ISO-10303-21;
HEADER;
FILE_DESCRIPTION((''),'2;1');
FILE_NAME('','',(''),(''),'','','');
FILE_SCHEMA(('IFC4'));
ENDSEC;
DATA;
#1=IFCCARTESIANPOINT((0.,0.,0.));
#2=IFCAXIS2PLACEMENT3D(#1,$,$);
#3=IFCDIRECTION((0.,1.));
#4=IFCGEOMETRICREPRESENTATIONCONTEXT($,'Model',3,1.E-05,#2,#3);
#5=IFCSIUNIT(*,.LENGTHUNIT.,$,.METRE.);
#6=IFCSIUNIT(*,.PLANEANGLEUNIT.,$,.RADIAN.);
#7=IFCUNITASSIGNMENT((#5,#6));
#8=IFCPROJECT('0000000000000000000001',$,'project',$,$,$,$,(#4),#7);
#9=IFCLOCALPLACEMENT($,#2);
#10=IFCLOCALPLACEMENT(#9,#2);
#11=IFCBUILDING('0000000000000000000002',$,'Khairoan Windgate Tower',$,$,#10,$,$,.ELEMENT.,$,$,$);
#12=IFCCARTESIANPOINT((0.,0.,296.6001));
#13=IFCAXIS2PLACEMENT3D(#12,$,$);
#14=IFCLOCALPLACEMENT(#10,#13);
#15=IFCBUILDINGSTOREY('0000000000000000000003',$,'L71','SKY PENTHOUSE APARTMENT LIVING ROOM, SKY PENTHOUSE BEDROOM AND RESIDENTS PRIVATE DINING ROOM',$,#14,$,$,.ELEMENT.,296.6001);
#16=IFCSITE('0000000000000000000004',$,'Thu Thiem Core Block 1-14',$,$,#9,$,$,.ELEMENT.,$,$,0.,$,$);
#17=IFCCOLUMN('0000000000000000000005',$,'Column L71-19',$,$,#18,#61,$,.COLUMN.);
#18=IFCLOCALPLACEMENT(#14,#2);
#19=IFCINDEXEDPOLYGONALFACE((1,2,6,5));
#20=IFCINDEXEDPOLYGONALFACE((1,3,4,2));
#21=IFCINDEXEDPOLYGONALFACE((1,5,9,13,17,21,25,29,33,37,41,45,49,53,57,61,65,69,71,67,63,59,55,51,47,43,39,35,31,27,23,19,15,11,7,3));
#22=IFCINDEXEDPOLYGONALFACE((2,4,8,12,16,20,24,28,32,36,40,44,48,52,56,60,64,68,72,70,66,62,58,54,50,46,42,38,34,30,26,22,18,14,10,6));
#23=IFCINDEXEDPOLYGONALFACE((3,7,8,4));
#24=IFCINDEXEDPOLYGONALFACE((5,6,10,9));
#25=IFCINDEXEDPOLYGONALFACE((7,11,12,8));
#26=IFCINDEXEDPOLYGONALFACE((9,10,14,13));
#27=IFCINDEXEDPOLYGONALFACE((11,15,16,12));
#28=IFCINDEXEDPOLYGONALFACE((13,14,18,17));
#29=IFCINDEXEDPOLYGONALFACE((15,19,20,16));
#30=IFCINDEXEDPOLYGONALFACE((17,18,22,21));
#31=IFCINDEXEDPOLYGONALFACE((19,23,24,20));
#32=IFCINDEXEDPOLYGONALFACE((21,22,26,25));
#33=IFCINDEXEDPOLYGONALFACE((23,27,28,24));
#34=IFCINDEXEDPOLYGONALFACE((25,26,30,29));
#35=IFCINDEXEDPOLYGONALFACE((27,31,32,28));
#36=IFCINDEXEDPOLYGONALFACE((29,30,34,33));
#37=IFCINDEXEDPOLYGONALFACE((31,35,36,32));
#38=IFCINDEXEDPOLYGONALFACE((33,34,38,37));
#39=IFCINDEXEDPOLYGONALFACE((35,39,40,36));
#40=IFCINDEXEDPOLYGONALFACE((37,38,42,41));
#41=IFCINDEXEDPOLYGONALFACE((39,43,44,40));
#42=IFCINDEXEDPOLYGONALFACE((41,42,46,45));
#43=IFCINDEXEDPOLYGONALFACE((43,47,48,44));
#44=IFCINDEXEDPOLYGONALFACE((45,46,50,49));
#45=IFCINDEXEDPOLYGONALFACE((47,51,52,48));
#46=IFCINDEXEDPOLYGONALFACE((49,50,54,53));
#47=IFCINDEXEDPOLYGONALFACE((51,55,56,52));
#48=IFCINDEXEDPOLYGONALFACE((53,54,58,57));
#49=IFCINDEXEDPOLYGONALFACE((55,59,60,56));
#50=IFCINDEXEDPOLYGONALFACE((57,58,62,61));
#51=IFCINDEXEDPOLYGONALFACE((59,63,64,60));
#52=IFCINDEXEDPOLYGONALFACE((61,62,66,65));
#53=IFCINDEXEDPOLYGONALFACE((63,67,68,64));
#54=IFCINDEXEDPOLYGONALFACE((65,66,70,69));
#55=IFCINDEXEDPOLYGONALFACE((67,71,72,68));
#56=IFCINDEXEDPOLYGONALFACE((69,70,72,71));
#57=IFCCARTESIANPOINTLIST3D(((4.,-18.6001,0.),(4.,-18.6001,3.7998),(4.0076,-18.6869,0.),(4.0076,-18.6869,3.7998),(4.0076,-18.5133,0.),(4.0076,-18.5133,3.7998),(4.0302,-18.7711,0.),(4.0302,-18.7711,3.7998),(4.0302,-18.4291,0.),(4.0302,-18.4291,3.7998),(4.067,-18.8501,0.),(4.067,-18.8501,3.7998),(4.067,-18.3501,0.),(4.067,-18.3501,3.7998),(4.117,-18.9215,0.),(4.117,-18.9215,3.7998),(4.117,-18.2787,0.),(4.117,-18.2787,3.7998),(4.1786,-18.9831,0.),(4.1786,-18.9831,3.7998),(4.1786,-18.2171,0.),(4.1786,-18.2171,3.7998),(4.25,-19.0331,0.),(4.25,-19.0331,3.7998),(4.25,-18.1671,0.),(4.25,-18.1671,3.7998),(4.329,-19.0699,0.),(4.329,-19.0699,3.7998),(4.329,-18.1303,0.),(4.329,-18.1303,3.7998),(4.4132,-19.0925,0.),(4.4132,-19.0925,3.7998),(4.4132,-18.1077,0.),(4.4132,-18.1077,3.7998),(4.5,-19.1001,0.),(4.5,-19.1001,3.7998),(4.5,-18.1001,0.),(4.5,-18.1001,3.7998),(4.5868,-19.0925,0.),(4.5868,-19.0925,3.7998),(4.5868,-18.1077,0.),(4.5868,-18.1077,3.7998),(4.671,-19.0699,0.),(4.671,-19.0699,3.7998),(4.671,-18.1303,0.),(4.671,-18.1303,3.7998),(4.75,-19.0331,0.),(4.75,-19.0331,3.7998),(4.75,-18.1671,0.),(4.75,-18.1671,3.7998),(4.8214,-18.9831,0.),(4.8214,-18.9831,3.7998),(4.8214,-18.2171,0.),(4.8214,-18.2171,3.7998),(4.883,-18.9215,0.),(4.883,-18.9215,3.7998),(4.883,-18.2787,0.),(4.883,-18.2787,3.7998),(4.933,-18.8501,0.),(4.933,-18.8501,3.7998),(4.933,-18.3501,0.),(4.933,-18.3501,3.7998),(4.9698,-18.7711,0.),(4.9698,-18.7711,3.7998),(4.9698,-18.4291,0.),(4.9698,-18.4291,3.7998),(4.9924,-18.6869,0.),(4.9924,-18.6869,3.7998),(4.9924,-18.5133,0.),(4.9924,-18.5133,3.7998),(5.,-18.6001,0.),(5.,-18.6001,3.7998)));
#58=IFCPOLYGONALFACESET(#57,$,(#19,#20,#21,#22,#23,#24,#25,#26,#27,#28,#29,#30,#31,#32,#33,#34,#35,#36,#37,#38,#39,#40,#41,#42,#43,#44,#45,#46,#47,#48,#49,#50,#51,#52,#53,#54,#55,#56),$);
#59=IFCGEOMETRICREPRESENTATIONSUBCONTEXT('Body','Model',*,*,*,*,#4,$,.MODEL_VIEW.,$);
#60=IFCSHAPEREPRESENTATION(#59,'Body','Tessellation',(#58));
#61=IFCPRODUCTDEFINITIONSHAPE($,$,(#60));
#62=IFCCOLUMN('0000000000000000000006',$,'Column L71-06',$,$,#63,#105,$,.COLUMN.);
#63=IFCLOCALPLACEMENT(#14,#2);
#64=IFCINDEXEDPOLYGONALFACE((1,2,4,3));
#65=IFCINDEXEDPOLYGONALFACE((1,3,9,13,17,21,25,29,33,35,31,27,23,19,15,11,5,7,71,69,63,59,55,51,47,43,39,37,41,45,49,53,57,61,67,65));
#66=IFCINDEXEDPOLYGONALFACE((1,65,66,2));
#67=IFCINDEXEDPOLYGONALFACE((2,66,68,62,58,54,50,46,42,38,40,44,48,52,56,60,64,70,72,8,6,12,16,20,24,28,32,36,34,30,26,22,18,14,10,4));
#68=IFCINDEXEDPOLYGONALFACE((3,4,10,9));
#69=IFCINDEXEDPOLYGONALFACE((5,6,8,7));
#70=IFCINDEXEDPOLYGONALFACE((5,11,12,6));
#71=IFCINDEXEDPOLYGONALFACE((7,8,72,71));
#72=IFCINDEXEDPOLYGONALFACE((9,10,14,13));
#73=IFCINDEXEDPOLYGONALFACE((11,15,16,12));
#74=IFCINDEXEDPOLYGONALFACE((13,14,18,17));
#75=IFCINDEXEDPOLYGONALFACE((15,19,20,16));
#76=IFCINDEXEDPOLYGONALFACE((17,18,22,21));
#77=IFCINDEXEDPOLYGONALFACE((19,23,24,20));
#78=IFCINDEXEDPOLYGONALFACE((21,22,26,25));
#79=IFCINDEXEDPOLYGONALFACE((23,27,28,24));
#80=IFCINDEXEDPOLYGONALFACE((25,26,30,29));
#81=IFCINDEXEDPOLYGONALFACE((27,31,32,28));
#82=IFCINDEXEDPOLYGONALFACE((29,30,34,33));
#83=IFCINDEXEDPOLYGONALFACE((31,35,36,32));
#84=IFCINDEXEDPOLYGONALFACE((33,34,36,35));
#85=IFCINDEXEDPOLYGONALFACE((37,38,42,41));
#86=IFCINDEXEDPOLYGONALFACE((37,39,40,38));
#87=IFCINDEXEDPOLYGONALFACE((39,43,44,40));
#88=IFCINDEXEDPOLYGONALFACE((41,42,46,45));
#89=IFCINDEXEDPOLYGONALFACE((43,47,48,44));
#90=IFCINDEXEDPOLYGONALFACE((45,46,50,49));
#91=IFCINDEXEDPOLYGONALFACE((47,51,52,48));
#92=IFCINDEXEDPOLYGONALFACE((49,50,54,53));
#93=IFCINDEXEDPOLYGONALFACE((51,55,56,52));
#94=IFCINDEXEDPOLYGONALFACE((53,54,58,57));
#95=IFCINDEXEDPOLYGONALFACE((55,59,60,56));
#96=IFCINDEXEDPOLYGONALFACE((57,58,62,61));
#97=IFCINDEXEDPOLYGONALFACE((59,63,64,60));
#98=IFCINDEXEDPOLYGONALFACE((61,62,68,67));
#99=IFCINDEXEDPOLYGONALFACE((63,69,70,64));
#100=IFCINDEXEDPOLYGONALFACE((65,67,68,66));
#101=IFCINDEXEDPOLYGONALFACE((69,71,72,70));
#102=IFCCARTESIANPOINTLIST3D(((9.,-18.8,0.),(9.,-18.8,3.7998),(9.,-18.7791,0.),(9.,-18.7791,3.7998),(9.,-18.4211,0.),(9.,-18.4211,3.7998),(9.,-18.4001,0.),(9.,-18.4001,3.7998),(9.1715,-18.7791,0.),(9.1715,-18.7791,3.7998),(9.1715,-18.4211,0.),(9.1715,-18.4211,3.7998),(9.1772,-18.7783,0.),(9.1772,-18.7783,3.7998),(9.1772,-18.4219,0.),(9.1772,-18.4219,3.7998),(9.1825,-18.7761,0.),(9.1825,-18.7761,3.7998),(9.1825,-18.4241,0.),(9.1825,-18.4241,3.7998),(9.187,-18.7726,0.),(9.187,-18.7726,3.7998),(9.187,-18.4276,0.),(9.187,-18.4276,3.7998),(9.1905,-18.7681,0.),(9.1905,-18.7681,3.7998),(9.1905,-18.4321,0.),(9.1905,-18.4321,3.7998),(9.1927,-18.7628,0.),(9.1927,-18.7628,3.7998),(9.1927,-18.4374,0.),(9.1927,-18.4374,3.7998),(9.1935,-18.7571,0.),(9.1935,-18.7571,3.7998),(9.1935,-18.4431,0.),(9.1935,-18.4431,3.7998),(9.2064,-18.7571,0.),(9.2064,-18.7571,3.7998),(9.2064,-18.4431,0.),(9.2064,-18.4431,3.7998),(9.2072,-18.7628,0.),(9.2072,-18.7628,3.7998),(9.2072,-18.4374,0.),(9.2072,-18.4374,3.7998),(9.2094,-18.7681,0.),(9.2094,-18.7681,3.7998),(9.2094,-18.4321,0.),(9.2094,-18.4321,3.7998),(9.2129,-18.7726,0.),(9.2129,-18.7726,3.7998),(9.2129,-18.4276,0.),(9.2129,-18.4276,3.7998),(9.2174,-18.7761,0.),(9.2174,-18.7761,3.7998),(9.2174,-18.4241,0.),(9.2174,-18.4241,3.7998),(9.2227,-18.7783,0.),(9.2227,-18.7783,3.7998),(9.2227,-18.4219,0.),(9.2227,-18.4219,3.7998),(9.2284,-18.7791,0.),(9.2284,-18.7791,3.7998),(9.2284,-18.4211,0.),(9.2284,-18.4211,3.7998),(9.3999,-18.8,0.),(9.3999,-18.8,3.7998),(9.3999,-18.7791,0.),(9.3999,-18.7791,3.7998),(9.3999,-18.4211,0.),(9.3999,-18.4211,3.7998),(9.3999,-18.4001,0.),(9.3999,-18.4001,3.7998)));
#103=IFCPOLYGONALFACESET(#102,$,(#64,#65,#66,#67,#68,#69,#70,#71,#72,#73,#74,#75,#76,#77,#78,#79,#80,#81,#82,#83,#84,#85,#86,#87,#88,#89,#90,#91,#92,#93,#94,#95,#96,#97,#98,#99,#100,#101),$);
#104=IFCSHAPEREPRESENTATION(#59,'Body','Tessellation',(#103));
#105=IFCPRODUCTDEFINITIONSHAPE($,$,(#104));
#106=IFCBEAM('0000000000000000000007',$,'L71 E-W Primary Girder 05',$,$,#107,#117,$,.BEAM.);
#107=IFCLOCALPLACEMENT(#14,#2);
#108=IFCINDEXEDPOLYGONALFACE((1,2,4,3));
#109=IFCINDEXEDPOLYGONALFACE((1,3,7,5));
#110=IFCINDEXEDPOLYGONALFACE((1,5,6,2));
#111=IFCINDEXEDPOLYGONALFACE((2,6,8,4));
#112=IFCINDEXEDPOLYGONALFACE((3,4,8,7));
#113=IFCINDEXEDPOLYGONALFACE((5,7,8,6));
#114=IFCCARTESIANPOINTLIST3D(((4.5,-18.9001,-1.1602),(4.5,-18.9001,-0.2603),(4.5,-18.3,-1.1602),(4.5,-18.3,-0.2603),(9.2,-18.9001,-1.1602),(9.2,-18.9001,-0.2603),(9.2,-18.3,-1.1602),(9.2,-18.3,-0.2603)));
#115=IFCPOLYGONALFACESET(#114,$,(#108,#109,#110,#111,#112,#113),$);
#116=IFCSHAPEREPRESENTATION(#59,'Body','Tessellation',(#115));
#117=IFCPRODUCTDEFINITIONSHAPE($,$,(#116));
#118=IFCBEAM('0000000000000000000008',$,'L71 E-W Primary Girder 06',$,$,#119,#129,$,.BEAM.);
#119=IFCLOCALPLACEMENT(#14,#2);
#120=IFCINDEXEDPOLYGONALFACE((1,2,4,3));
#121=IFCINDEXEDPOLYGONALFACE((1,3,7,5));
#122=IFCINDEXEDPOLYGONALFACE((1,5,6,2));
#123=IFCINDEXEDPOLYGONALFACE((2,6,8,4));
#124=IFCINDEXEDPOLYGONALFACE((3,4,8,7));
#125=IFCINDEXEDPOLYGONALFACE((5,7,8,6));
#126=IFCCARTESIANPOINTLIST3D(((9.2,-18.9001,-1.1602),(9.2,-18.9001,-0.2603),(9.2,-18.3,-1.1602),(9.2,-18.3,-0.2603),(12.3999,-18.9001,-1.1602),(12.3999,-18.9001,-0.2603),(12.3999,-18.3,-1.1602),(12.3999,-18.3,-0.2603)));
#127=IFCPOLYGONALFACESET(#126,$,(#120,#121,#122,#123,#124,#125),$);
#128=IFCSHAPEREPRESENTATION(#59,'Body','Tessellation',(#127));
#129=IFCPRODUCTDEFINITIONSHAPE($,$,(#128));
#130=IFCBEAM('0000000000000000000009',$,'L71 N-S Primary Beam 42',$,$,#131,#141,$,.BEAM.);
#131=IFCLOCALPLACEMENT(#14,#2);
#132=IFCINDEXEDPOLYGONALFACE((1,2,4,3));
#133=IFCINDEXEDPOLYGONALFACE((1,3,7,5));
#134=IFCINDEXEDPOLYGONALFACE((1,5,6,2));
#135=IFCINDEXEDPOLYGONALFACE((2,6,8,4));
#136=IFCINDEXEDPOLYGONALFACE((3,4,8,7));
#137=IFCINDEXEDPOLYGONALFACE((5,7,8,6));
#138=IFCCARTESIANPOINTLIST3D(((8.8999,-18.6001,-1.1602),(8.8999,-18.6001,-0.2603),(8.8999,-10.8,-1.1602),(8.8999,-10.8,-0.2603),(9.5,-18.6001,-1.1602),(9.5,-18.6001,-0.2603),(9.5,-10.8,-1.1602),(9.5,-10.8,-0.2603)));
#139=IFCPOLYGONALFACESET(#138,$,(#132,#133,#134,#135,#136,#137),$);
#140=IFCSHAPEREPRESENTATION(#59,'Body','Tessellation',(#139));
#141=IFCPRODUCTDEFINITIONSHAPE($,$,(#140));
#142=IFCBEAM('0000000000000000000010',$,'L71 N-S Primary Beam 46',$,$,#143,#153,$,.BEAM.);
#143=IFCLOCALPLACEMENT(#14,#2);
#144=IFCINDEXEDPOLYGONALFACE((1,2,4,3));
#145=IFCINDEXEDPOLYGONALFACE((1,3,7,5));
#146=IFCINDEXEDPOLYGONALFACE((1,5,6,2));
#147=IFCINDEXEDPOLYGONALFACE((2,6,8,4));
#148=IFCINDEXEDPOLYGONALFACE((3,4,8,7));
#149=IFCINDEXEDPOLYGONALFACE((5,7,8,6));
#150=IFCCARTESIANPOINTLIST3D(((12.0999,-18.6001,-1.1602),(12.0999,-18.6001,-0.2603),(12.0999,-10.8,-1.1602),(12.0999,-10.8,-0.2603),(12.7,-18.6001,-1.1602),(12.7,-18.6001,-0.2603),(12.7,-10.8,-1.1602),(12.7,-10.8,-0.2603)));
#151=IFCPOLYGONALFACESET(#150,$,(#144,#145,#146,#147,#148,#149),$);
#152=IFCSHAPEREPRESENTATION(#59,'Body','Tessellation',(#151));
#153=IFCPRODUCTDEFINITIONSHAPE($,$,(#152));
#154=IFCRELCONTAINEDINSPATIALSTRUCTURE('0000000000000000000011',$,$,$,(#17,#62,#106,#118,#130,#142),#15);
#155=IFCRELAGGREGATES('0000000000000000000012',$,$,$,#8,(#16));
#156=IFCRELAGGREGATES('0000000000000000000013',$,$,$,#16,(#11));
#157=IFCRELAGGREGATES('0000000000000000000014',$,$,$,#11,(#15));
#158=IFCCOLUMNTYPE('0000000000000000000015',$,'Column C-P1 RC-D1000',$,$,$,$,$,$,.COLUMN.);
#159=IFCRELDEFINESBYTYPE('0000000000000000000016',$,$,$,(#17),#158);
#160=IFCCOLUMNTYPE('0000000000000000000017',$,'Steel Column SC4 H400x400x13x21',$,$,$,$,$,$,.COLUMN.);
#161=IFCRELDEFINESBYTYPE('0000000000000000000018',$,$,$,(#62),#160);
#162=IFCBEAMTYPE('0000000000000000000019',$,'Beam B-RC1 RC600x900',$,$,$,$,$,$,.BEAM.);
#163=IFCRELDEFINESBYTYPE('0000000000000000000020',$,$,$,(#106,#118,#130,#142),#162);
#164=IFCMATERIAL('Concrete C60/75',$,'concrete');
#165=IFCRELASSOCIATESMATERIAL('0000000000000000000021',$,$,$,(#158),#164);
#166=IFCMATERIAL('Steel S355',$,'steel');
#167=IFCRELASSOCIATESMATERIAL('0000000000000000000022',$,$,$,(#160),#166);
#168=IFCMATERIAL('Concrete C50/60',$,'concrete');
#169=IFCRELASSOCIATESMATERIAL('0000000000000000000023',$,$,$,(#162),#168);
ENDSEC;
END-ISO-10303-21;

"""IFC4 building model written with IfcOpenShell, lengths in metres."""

from ifc_helpers import new_model, si_unit, direction, frame, origin, origin_2d, place, context, subcontext, project, spatial, rectangle, circle, i_section, extrude, material, material_profile, profile_set, type_object, element, save


model = new_model("IFC4")

# Units and contexts
model_context = context("Model", 3, precision=1e-05, world=origin(), true_north=direction((0.0, 1.0)))
body_context = subcontext(model_context, "Body", "Model", "MODEL_VIEW")
ifc_project = project(units=[si_unit("LENGTHUNIT", "METRE"), si_unit("PLANEANGLEUNIT", "RADIAN")], contexts=[model_context])

# Site, building, storey
site_placement = place(None, origin())
site = spatial("IfcSite", under=ifc_project, at=site_placement, Name="Thu Thiem Core Block 1-14", CompositionType="ELEMENT", RefElevation=0.0)
building_placement = place(site_placement, origin())
building = spatial("IfcBuilding", under=site, at=building_placement, Name="Khairoan Windgate Tower", CompositionType="ELEMENT")
storey_placement = place(building_placement, frame((0.0, 0.0, 296.6001)))
storey = spatial("IfcBuildingStorey", under=building, at=storey_placement, Name="L71", Description="SKY PENTHOUSE APARTMENT LIVING ROOM, SKY PENTHOUSE BEDROOM AND RESIDENTS PRIVATE DINING ROOM", CompositionType="ELEMENT", Elevation=296.6001)

# Columns
ifc_material_1 = material(Name="Concrete C60/75", Category="concrete")
ifc_material_profile_1 = material_profile(ifc_material_1, circle(Radius=0.5, at=origin_2d()))
ifc_profile_set_1 = profile_set([ifc_material_profile_1], Name="Concrete C60/75")
column_type_1 = type_object("IfcColumnType", Name="Column C-P1 RC-D1000", PredefinedType="COLUMN", material=ifc_profile_set_1)
column_1_placement = place(storey_placement, frame((4.5, -18.6001, 0.0), z_axis=(0.0, 0.0, 1.0), x_axis=(1.0, 0.0, 0.0)))
element("IfcColumn", 1, at=column_1_placement, inside=storey, type_object=column_type_1, Name="Column L71-19", PredefinedType="COLUMN", context=body_context, shape_type="SweptSolid", body=[
    extrude(circle(Radius=0.5, at=origin_2d()), origin(), (0.0, 0.0, 1.0), 3.7998),
])
ifc_material_2 = material(Name="Steel S355", Category="steel")
ifc_material_profile_2 = material_profile(ifc_material_2, i_section(OverallWidth=0.3999, OverallDepth=0.3999, WebThickness=0.0129, FlangeThickness=0.021, FilletRadius=0.022, at=origin_2d()))
ifc_profile_set_2 = profile_set([ifc_material_profile_2], Name="Steel S355")
column_type_2 = type_object("IfcColumnType", Name="Steel Column SC4 H400x400x13x21", PredefinedType="COLUMN", material=ifc_profile_set_2)
column_2_placement = place(storey_placement, frame((9.2, -18.6001, 0.0), z_axis=(0.0, 0.0, 1.0), x_axis=(1.0, 0.0, 0.0)))
element("IfcColumn", 2, at=column_2_placement, inside=storey, type_object=column_type_2, Name="Column L71-06", PredefinedType="COLUMN", context=body_context, shape_type="SweptSolid", body=[
    extrude(i_section(OverallWidth=0.3999, OverallDepth=0.3999, WebThickness=0.0129, FlangeThickness=0.021, FilletRadius=0.022, at=origin_2d()), origin(), (0.0, 0.0, 1.0), 3.7998),
])

# Beams
ifc_material_3 = material(Name="Concrete C50/60", Category="concrete")
ifc_material_profile_3 = material_profile(ifc_material_3, rectangle(XDim=0.6001, YDim=0.8999, at=origin_2d()))
ifc_profile_set_3 = profile_set([ifc_material_profile_3], Name="Concrete C50/60")
beam_type_1 = type_object("IfcBeamType", Name="Beam B-RC1 RC600x900", PredefinedType="BEAM", material=ifc_profile_set_3)
beam_1_placement = place(storey_placement, frame((4.5, -18.6001, -0.7102), z_axis=(1.0, 0.0, 0.0), x_axis=(0.0, 1.0, 0.0)))
element("IfcBeam", 3, at=beam_1_placement, inside=storey, type_object=beam_type_1, Name="L71 E-W Primary Girder 05", PredefinedType="BEAM", context=body_context, shape_type="SweptSolid", body=[
    extrude(rectangle(XDim=0.6001, YDim=0.8999, at=origin_2d()), origin(), (0.0, 0.0, 1.0), 4.7),
])
beam_2_placement = place(storey_placement, frame((9.2, -18.6001, -0.7102), z_axis=(1.0, 0.0, 0.0), x_axis=(0.0, 1.0, 0.0)))
element("IfcBeam", 4, at=beam_2_placement, inside=storey, type_object=beam_type_1, Name="L71 E-W Primary Girder 06", PredefinedType="BEAM", context=body_context, shape_type="SweptSolid", body=[
    extrude(rectangle(XDim=0.6001, YDim=0.8999, at=origin_2d()), origin(), (0.0, 0.0, 1.0), 3.2),
])
for number, where, z_axis, x_axis, name in (
    (5, (9.2, -18.6001, -0.7102), (0.0, 1.0, 0.0), (-1.0, 0.0, 0.0), "L71 N-S Primary Beam 42"),
    (6, (12.3999, -18.6001, -0.7102), (0.0, 1.0, 0.0), (-1.0, 0.0, 0.0), "L71 N-S Primary Beam 46"),
):
    element("IfcBeam", number, at=place(storey_placement, frame(where, z_axis=z_axis, x_axis=x_axis)), inside=storey, type_object=beam_type_1, Name=name, PredefinedType="BEAM", context=body_context, shape_type="SweptSolid", body=[
        extrude(rectangle(XDim=0.6001, YDim=0.8999, at=origin_2d()), origin(), (0.0, 0.0, 1.0), 7.8),
    ])

save(model, "model.ifc")
